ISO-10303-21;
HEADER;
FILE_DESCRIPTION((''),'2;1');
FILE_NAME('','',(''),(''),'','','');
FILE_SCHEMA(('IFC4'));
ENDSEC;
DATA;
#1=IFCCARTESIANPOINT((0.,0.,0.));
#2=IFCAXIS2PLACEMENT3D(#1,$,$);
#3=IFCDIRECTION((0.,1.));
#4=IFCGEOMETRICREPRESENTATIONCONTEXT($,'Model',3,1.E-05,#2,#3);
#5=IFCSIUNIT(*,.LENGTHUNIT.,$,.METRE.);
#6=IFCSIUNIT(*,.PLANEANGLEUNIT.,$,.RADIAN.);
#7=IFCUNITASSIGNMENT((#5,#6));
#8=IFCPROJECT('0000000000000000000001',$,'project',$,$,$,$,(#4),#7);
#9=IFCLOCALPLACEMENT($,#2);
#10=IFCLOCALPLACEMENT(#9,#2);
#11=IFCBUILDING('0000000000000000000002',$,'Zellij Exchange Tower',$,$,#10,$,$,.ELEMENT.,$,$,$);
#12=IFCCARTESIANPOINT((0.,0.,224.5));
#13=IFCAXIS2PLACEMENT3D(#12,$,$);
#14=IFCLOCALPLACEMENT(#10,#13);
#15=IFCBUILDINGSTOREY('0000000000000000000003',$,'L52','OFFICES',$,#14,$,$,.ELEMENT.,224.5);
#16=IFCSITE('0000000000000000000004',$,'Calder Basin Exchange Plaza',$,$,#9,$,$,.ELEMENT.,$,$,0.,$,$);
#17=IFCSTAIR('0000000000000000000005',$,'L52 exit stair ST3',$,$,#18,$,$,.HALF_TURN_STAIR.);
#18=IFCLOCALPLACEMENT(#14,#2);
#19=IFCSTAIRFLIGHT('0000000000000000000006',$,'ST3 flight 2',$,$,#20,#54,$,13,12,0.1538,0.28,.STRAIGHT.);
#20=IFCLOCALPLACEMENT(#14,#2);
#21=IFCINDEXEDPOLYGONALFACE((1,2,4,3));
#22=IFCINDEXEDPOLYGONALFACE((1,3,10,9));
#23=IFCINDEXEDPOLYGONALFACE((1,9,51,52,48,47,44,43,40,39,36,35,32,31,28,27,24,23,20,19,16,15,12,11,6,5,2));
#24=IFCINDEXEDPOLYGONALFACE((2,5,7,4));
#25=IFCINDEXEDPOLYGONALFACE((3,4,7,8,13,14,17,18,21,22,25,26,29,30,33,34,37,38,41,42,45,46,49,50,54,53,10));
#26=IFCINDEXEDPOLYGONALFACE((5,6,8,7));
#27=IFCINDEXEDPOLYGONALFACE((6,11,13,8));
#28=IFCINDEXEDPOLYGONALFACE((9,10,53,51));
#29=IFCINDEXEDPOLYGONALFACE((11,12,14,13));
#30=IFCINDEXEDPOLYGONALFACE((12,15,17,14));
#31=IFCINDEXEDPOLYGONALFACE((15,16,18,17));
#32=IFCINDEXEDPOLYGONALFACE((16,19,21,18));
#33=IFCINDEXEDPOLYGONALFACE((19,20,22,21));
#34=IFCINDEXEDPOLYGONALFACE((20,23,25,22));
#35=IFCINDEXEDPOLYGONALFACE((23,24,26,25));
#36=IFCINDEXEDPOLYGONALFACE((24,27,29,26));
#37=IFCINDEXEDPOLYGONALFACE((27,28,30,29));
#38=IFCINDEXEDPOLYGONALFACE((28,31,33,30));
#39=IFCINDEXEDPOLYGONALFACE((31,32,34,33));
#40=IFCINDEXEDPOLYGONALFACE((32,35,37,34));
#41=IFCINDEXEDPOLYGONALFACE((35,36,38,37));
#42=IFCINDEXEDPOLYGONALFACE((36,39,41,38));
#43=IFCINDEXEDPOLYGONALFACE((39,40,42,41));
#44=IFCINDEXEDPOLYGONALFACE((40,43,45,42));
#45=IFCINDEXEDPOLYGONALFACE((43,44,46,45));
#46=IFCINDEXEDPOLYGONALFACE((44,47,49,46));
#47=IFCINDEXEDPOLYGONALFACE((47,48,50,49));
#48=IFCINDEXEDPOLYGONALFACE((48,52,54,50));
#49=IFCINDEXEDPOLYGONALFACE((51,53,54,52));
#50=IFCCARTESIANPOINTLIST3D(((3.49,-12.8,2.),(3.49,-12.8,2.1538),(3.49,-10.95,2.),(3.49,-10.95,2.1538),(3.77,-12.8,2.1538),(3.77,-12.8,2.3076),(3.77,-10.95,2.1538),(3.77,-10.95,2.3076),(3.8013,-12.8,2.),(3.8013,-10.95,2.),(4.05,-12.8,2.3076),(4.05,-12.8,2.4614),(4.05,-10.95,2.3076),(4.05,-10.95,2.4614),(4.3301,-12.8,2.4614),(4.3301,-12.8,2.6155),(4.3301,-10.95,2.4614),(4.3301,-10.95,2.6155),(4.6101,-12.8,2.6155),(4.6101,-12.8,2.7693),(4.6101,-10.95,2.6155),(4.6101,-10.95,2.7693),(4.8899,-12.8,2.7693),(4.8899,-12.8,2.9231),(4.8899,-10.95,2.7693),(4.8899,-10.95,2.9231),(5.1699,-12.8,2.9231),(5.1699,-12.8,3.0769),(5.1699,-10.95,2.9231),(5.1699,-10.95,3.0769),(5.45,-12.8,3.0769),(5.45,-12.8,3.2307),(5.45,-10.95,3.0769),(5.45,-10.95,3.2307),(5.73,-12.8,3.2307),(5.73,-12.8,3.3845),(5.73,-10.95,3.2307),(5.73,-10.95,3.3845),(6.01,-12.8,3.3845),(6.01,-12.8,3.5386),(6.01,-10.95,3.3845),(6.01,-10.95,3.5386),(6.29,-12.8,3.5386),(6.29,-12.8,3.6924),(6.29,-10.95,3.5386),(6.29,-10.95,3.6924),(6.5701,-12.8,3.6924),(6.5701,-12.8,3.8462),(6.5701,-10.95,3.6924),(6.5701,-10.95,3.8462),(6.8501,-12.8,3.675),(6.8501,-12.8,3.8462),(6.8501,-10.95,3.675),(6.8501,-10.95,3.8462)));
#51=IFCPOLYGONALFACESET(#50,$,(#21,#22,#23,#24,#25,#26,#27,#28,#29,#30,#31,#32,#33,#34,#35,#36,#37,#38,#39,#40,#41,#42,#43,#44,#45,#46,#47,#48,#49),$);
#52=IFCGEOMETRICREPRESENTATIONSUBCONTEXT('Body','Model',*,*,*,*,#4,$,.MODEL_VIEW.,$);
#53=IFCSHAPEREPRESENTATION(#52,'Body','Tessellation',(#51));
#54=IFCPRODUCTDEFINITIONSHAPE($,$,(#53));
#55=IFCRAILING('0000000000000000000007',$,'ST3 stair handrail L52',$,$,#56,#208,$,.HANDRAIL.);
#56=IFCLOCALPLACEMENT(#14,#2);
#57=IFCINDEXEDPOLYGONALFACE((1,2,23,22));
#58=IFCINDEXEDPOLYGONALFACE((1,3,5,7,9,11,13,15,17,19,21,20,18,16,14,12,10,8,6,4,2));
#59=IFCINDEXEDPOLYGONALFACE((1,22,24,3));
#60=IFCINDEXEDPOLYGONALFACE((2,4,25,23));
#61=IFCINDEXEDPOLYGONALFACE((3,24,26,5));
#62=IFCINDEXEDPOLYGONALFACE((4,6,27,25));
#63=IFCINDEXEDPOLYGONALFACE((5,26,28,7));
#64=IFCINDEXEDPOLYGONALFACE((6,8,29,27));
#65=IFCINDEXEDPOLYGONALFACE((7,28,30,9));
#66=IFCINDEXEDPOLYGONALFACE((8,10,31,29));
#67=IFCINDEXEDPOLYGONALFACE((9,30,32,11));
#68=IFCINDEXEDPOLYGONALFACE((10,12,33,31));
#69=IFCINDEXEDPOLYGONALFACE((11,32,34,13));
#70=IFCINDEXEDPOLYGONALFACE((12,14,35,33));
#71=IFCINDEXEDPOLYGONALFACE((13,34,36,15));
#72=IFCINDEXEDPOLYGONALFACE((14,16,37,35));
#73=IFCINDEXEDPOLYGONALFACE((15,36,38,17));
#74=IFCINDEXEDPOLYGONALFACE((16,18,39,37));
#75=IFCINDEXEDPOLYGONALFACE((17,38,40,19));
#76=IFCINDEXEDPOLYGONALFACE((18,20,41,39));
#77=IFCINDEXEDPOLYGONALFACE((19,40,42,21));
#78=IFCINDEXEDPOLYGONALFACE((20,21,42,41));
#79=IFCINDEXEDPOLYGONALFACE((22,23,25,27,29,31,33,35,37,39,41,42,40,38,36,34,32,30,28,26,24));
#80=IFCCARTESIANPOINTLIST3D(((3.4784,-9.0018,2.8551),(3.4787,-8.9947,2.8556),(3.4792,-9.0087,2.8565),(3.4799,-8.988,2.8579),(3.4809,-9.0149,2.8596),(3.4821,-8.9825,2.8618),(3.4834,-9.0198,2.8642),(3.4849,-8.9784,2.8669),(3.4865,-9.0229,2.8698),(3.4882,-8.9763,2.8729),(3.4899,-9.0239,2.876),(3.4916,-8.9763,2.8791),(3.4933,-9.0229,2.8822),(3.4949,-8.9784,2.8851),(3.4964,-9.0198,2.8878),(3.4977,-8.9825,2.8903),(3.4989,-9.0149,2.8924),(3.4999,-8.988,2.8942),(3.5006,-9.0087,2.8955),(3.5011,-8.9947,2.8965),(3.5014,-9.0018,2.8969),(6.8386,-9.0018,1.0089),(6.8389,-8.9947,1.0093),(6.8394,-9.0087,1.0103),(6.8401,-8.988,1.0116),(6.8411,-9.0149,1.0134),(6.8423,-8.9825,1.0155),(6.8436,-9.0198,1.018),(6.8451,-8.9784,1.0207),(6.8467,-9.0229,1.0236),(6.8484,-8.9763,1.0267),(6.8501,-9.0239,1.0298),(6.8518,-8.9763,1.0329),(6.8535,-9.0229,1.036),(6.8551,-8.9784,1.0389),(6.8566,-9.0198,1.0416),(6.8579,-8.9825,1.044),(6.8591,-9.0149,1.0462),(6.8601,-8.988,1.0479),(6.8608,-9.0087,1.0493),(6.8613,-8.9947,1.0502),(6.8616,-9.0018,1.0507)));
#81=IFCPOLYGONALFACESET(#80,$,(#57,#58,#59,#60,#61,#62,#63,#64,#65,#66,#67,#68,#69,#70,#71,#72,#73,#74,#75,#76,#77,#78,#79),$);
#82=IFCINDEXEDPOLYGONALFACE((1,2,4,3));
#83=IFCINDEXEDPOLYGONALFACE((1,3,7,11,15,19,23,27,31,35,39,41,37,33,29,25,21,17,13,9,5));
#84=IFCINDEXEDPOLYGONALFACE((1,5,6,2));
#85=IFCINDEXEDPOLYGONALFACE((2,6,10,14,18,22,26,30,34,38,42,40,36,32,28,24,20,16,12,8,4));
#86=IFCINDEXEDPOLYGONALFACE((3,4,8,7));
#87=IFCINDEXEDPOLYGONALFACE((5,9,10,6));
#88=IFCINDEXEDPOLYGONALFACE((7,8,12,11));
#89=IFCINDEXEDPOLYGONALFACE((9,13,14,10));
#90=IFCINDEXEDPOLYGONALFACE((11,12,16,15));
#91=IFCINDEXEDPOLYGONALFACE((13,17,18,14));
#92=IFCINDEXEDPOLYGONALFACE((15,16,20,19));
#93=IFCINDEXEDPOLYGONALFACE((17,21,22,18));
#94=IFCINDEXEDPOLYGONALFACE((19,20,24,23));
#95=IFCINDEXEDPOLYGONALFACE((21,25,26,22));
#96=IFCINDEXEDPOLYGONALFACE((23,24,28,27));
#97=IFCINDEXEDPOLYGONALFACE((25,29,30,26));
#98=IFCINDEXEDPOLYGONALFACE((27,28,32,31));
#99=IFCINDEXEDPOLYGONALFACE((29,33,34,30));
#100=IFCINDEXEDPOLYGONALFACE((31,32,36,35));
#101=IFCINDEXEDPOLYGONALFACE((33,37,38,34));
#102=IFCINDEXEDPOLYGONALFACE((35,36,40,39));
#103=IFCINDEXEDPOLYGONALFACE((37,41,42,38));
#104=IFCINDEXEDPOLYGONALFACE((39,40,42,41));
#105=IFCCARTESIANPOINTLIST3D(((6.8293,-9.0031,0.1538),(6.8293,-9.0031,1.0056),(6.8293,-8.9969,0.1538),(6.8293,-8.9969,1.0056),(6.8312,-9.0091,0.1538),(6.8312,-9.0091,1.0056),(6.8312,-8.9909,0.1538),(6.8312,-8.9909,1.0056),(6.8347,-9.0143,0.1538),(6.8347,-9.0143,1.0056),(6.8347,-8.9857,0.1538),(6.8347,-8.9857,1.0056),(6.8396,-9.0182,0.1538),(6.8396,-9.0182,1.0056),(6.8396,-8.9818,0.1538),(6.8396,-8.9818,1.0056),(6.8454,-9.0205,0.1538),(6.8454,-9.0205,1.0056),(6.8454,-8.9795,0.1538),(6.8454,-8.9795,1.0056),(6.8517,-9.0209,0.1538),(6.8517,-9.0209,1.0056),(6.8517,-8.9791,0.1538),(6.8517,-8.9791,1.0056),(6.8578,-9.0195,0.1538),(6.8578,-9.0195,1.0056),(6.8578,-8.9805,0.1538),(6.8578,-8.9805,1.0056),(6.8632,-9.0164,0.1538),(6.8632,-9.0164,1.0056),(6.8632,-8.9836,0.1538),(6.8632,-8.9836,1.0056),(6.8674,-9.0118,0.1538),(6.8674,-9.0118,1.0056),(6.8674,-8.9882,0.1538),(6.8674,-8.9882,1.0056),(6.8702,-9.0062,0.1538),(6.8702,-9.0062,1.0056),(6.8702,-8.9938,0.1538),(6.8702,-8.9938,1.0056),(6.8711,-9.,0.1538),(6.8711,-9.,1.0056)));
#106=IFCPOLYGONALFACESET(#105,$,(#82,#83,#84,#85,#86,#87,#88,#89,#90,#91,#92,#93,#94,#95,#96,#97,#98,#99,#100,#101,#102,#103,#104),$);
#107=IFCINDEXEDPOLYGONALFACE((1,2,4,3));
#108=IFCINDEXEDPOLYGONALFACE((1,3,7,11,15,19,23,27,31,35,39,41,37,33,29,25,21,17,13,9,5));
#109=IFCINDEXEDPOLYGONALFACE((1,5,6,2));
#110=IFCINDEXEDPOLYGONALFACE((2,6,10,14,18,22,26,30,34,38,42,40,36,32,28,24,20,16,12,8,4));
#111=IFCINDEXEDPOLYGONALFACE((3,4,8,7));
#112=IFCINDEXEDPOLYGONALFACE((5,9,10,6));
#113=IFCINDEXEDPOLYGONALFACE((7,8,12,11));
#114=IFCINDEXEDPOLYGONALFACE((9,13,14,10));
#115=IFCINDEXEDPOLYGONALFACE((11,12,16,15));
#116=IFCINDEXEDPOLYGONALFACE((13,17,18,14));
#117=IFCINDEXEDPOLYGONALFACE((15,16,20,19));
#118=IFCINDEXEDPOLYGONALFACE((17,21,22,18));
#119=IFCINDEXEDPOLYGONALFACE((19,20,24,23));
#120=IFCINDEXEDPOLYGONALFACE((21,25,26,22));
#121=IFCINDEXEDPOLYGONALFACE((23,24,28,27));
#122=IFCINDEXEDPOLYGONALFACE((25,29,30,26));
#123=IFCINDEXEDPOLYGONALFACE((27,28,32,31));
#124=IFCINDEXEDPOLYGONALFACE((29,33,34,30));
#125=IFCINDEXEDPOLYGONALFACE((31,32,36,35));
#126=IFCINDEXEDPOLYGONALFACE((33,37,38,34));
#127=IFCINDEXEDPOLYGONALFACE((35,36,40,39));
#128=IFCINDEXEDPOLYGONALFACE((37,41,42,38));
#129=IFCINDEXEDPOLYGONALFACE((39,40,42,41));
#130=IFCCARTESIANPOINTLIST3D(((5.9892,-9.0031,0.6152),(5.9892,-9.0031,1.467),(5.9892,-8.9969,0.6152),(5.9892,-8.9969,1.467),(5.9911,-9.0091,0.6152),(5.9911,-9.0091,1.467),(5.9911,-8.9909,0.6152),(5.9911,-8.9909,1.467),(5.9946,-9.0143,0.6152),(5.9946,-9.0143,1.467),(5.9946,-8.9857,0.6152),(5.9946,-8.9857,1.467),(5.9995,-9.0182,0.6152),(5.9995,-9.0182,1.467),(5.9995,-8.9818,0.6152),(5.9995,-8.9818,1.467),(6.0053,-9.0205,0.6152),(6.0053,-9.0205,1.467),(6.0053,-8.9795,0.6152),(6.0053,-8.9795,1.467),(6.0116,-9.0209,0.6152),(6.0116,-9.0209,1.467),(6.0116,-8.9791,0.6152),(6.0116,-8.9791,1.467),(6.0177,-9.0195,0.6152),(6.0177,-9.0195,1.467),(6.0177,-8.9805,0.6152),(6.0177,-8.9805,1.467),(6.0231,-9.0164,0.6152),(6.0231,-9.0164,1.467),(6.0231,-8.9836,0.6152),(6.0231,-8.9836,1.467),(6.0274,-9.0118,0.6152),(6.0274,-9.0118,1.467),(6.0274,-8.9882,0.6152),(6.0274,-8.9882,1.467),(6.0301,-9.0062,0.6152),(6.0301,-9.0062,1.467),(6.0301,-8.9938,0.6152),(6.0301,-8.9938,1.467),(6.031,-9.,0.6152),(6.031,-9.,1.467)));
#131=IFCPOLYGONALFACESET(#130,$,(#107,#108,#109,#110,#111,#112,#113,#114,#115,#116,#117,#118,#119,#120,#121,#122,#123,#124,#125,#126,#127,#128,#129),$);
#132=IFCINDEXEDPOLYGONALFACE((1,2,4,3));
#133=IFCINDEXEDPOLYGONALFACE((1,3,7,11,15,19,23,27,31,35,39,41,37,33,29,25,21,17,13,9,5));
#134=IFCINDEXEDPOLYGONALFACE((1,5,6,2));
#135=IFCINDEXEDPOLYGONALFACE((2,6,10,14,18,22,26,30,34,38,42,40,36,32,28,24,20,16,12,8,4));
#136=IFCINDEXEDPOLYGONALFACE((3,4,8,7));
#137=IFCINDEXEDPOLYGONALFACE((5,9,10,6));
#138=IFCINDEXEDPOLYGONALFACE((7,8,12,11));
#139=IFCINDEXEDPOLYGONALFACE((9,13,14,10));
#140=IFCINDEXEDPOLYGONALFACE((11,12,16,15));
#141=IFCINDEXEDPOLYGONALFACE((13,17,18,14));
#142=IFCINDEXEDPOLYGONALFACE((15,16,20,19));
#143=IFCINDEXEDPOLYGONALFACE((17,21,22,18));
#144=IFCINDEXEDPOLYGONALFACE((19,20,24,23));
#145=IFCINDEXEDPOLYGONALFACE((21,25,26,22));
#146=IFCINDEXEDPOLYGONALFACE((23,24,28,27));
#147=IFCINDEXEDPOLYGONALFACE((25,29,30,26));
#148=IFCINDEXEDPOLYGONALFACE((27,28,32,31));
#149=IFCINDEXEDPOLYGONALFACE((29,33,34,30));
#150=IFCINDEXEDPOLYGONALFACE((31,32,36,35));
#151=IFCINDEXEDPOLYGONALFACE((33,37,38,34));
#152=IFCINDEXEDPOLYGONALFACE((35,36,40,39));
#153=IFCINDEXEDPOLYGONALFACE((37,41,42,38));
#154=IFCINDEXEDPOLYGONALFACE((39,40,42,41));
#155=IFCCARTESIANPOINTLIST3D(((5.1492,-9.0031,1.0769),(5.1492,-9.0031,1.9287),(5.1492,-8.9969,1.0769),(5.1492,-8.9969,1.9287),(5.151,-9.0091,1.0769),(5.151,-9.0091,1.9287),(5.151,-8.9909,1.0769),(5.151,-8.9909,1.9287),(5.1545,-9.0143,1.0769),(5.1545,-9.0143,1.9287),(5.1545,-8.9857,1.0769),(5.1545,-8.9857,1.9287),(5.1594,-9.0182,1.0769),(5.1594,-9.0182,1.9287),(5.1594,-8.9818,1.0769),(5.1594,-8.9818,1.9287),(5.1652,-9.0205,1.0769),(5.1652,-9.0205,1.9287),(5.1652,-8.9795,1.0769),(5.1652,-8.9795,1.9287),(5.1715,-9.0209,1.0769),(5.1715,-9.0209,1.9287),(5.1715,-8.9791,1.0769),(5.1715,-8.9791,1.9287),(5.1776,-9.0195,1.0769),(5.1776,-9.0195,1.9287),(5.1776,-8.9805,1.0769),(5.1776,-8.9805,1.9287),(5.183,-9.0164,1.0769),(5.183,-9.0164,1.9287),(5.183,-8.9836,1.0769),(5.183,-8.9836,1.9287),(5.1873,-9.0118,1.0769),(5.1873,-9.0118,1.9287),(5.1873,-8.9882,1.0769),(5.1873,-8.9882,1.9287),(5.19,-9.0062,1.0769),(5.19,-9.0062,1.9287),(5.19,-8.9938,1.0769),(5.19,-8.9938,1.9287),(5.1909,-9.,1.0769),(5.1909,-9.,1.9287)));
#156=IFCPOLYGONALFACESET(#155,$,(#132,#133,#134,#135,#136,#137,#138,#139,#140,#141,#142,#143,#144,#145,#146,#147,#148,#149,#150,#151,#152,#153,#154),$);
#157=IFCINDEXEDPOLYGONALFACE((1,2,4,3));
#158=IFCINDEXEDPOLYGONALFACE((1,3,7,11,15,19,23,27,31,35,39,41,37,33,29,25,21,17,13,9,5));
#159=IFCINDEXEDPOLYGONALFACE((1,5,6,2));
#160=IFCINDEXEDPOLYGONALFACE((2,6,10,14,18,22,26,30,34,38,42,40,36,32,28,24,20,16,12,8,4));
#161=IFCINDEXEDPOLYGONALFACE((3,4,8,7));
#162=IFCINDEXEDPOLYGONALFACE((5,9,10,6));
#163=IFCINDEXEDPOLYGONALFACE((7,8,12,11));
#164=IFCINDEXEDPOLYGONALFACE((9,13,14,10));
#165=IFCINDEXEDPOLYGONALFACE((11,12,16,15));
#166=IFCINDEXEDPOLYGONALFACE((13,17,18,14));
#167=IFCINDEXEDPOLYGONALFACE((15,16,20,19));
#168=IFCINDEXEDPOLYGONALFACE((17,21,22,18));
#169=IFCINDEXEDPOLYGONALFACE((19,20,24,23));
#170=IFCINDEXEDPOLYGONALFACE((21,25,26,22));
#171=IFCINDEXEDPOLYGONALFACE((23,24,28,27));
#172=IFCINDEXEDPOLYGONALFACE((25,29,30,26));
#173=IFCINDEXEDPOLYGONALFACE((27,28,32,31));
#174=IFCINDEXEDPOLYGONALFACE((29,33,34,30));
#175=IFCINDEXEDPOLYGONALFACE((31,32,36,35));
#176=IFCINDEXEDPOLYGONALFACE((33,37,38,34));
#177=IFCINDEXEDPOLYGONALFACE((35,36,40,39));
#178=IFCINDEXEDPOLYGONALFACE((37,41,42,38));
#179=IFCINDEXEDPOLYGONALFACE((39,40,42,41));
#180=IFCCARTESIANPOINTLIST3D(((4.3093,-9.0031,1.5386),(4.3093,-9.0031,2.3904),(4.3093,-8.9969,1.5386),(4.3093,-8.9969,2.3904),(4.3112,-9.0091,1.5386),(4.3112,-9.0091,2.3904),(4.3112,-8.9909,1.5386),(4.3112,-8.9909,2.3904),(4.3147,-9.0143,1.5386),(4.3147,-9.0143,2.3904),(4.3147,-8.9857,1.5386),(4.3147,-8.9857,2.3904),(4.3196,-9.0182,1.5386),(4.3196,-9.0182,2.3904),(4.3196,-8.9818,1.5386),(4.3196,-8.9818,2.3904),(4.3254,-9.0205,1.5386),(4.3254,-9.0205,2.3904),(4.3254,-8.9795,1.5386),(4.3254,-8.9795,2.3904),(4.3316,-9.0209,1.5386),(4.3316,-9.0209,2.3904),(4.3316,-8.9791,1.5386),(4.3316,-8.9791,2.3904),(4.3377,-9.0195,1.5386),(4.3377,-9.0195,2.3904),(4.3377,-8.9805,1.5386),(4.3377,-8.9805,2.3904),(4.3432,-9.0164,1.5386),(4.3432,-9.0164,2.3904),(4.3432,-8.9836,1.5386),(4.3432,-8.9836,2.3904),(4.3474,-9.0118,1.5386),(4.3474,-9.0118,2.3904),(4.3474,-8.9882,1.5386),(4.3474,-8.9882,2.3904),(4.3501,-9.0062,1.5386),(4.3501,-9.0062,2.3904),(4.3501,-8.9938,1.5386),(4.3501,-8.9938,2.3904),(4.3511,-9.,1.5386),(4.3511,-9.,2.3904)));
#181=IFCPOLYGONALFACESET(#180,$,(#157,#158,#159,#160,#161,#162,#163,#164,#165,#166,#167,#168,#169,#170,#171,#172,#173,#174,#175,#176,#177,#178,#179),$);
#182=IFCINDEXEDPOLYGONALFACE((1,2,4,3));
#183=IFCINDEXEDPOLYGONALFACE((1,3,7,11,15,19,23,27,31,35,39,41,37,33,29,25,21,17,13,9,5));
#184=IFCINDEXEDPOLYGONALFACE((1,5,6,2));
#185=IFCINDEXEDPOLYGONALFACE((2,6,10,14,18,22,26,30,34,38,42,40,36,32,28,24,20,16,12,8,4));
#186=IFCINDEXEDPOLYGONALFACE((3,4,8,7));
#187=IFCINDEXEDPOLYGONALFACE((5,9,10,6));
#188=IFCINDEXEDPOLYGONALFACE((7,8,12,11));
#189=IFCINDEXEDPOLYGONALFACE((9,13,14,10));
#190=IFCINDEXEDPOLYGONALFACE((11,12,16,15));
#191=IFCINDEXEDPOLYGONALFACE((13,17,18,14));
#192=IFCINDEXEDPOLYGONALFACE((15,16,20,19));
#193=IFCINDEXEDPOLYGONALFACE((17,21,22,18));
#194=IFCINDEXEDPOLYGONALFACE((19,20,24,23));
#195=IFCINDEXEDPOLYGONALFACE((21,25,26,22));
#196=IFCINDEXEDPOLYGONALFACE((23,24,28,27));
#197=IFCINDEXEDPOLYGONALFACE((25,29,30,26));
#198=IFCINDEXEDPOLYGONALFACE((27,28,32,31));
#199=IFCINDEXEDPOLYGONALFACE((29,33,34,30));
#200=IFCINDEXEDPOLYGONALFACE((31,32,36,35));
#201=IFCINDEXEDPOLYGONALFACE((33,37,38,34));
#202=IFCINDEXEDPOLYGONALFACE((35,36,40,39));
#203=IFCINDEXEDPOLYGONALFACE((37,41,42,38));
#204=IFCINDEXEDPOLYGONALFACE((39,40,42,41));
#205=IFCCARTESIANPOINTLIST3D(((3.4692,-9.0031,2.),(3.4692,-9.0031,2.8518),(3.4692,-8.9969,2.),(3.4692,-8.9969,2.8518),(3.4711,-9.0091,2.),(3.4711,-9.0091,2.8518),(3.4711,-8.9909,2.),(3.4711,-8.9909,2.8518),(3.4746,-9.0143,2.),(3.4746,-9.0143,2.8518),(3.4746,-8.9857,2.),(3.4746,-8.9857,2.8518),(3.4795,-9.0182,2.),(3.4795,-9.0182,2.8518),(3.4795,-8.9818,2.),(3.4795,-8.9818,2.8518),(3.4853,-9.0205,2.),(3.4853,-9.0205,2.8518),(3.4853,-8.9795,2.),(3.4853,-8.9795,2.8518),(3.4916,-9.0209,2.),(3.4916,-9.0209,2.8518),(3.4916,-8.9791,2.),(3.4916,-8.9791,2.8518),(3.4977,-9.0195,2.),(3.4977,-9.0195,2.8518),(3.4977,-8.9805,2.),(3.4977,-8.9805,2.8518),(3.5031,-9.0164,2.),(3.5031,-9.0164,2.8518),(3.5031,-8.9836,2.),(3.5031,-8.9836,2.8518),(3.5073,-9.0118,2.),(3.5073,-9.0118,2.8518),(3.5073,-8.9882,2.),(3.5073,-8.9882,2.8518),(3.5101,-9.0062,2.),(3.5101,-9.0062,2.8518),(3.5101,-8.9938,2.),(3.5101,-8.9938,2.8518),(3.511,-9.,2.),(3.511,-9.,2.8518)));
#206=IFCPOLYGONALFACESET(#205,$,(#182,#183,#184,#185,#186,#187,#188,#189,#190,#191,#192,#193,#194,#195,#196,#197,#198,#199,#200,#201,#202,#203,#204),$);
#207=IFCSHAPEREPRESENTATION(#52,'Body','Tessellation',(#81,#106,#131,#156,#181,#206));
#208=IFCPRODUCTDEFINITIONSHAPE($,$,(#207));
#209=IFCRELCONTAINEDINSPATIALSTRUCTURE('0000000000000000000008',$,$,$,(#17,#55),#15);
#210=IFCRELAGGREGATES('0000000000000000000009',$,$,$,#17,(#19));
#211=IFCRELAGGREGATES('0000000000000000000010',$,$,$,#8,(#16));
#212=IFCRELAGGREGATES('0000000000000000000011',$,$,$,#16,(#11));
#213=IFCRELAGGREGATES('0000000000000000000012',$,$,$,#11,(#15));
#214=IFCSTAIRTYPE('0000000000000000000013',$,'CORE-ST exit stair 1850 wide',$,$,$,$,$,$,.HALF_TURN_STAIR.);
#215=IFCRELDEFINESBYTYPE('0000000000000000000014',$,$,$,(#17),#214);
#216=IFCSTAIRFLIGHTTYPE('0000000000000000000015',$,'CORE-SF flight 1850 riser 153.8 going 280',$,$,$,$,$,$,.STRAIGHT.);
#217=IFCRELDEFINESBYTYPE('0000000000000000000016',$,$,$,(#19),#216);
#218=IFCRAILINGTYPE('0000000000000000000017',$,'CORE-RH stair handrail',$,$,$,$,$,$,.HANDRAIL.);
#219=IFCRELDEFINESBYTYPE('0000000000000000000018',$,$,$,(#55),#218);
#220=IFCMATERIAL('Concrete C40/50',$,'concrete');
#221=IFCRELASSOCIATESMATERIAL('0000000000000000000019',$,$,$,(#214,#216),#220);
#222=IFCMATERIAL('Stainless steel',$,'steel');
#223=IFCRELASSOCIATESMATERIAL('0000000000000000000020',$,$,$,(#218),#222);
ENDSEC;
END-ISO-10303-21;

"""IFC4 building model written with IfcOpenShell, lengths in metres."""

from ifc_helpers import new_model, si_unit, direction, frame, origin, origin_2d, place, context, subcontext, project, spatial, polyline, circle, outline, extrude, material, type_object, element, aggregate, save


model = new_model("IFC4")

# Units and contexts
model_context = context("Model", 3, precision=1e-05, world=origin(), true_north=direction((0.0, 1.0)))
body_context = subcontext(model_context, "Body", "Model", "MODEL_VIEW")
ifc_project = project(units=[si_unit("LENGTHUNIT", "METRE"), si_unit("PLANEANGLEUNIT", "RADIAN")], contexts=[model_context])

# Site, building, storey
site_placement = place(None, origin())
site = spatial("IfcSite", under=ifc_project, at=site_placement, Name="Calder Basin Exchange Plaza", CompositionType="ELEMENT", RefElevation=0.0)
building_placement = place(site_placement, origin())
building = spatial("IfcBuilding", under=site, at=building_placement, Name="Zellij Exchange Tower", CompositionType="ELEMENT")
storey_placement = place(building_placement, frame((0.0, 0.0, 224.5)))
storey = spatial("IfcBuildingStorey", under=building, at=storey_placement, Name="L52", Description="OFFICES", CompositionType="ELEMENT", Elevation=224.5)

# Stair, stair flight
ifc_material_1 = material(Name="Concrete C40/50", Category="concrete")
stair_type = type_object("IfcStairType", Name="CORE-ST exit stair 1850 wide", PredefinedType="HALF_TURN_STAIR", material=ifc_material_1)
stair_placement = place(storey_placement, origin())
stair = element("IfcStair", 1, at=stair_placement, inside=storey, type_object=stair_type, Name="L52 exit stair ST3", PredefinedType="HALF_TURN_STAIR")
stair_flight_type = type_object("IfcStairFlightType", Name="CORE-SF flight 1850 riser 153.8 going 280", PredefinedType="STRAIGHT", material=ifc_material_1)
stair_flight_1_placement = place(storey_placement, frame((3.49, -11.875, 2.0), z_axis=(0.0, 0.0, 1.0), x_axis=(1.0, 0.0, 0.0)))
stair_flight_1 = element("IfcStairFlight", 2, at=stair_flight_1_placement, type_object=stair_flight_type, Name="ST3 flight 2", NumberOfRisers=13, NumberOfTreads=12, PredefinedType="STRAIGHT", RiserHeight=0.1538, TreadLength=0.28, context=body_context, shape_type="SweptSolid", body=[
    extrude(outline(polyline([(0.0, 0.0), (0.0, 0.1538), (0.28, 0.1538), (0.28, 0.3076), (0.5601, 0.3076), (0.5601, 0.4614), (0.8401, 0.4614), (0.8401, 0.6155), (1.1201, 0.6155), (1.1201, 0.7693), (1.3999, 0.7693), (1.3999, 0.9231), (1.6799, 0.9231), (1.6799, 1.0769), (1.96, 1.0769), (1.96, 1.2307), (2.24, 1.2307), (2.24, 1.3845), (2.52, 1.3845), (2.52, 1.5386), (2.8, 1.5386), (2.8, 1.6924), (3.0801, 1.6924), (3.0801, 1.8462), (3.3601, 1.8462), (3.3601, 2.0), (3.3601, 1.675), (0.3113, 0.0), (0.0, 0.0)])), frame((0.0, 0.925, 0.0), z_axis=(0.0, -1.0, 0.0), x_axis=(1.0, 0.0, 0.0)), (0.0, 0.0, 1.0), 1.8501),
])
aggregate(stair, [stair_flight_1])

# Railing
ifc_material_2 = material(Name="Stainless steel", Category="steel")
railing_type_1 = type_object("IfcRailingType", Name="CORE-RH stair handrail", PredefinedType="HANDRAIL", material=ifc_material_2)
railing_1_placement = place(storey_placement, frame((6.8501, -9.0, 0.1538)))
element("IfcRailing", 3, at=railing_1_placement, inside=storey, type_object=railing_type_1, Name="ST3 stair handrail L52", PredefinedType="HANDRAIL", context=body_context, shape_type="SweptSolid", body=[
    extrude(circle(Radius=0.0239, at=origin_2d()), frame((0.0, 0.0, 0.876), z_axis=(-0.876422, 0.0, 0.481545), x_axis=(0.0, -1.0, 0.0)), (0.0, 0.0, 1.0), 3.834),
    extrude(circle(Radius=0.021, at=origin_2d()), origin(), (0.0, 0.0, 1.0), 0.8518),
    extrude(circle(Radius=0.021, at=origin_2d()), frame((-0.8401, 0.0, 0.4614)), (0.0, 0.0, 1.0), 0.8518),
    extrude(circle(Radius=0.021, at=origin_2d()), frame((-1.6802, 0.0, 0.9231)), (0.0, 0.0, 1.0), 0.8518),
    extrude(circle(Radius=0.021, at=origin_2d()), frame((-2.52, 0.0, 1.3848)), (0.0, 0.0, 1.0), 0.8518),
    extrude(circle(Radius=0.021, at=origin_2d()), frame((-3.3601, 0.0, 1.8462)), (0.0, 0.0, 1.0), 0.8518),
])

save(model, "model.ifc")
